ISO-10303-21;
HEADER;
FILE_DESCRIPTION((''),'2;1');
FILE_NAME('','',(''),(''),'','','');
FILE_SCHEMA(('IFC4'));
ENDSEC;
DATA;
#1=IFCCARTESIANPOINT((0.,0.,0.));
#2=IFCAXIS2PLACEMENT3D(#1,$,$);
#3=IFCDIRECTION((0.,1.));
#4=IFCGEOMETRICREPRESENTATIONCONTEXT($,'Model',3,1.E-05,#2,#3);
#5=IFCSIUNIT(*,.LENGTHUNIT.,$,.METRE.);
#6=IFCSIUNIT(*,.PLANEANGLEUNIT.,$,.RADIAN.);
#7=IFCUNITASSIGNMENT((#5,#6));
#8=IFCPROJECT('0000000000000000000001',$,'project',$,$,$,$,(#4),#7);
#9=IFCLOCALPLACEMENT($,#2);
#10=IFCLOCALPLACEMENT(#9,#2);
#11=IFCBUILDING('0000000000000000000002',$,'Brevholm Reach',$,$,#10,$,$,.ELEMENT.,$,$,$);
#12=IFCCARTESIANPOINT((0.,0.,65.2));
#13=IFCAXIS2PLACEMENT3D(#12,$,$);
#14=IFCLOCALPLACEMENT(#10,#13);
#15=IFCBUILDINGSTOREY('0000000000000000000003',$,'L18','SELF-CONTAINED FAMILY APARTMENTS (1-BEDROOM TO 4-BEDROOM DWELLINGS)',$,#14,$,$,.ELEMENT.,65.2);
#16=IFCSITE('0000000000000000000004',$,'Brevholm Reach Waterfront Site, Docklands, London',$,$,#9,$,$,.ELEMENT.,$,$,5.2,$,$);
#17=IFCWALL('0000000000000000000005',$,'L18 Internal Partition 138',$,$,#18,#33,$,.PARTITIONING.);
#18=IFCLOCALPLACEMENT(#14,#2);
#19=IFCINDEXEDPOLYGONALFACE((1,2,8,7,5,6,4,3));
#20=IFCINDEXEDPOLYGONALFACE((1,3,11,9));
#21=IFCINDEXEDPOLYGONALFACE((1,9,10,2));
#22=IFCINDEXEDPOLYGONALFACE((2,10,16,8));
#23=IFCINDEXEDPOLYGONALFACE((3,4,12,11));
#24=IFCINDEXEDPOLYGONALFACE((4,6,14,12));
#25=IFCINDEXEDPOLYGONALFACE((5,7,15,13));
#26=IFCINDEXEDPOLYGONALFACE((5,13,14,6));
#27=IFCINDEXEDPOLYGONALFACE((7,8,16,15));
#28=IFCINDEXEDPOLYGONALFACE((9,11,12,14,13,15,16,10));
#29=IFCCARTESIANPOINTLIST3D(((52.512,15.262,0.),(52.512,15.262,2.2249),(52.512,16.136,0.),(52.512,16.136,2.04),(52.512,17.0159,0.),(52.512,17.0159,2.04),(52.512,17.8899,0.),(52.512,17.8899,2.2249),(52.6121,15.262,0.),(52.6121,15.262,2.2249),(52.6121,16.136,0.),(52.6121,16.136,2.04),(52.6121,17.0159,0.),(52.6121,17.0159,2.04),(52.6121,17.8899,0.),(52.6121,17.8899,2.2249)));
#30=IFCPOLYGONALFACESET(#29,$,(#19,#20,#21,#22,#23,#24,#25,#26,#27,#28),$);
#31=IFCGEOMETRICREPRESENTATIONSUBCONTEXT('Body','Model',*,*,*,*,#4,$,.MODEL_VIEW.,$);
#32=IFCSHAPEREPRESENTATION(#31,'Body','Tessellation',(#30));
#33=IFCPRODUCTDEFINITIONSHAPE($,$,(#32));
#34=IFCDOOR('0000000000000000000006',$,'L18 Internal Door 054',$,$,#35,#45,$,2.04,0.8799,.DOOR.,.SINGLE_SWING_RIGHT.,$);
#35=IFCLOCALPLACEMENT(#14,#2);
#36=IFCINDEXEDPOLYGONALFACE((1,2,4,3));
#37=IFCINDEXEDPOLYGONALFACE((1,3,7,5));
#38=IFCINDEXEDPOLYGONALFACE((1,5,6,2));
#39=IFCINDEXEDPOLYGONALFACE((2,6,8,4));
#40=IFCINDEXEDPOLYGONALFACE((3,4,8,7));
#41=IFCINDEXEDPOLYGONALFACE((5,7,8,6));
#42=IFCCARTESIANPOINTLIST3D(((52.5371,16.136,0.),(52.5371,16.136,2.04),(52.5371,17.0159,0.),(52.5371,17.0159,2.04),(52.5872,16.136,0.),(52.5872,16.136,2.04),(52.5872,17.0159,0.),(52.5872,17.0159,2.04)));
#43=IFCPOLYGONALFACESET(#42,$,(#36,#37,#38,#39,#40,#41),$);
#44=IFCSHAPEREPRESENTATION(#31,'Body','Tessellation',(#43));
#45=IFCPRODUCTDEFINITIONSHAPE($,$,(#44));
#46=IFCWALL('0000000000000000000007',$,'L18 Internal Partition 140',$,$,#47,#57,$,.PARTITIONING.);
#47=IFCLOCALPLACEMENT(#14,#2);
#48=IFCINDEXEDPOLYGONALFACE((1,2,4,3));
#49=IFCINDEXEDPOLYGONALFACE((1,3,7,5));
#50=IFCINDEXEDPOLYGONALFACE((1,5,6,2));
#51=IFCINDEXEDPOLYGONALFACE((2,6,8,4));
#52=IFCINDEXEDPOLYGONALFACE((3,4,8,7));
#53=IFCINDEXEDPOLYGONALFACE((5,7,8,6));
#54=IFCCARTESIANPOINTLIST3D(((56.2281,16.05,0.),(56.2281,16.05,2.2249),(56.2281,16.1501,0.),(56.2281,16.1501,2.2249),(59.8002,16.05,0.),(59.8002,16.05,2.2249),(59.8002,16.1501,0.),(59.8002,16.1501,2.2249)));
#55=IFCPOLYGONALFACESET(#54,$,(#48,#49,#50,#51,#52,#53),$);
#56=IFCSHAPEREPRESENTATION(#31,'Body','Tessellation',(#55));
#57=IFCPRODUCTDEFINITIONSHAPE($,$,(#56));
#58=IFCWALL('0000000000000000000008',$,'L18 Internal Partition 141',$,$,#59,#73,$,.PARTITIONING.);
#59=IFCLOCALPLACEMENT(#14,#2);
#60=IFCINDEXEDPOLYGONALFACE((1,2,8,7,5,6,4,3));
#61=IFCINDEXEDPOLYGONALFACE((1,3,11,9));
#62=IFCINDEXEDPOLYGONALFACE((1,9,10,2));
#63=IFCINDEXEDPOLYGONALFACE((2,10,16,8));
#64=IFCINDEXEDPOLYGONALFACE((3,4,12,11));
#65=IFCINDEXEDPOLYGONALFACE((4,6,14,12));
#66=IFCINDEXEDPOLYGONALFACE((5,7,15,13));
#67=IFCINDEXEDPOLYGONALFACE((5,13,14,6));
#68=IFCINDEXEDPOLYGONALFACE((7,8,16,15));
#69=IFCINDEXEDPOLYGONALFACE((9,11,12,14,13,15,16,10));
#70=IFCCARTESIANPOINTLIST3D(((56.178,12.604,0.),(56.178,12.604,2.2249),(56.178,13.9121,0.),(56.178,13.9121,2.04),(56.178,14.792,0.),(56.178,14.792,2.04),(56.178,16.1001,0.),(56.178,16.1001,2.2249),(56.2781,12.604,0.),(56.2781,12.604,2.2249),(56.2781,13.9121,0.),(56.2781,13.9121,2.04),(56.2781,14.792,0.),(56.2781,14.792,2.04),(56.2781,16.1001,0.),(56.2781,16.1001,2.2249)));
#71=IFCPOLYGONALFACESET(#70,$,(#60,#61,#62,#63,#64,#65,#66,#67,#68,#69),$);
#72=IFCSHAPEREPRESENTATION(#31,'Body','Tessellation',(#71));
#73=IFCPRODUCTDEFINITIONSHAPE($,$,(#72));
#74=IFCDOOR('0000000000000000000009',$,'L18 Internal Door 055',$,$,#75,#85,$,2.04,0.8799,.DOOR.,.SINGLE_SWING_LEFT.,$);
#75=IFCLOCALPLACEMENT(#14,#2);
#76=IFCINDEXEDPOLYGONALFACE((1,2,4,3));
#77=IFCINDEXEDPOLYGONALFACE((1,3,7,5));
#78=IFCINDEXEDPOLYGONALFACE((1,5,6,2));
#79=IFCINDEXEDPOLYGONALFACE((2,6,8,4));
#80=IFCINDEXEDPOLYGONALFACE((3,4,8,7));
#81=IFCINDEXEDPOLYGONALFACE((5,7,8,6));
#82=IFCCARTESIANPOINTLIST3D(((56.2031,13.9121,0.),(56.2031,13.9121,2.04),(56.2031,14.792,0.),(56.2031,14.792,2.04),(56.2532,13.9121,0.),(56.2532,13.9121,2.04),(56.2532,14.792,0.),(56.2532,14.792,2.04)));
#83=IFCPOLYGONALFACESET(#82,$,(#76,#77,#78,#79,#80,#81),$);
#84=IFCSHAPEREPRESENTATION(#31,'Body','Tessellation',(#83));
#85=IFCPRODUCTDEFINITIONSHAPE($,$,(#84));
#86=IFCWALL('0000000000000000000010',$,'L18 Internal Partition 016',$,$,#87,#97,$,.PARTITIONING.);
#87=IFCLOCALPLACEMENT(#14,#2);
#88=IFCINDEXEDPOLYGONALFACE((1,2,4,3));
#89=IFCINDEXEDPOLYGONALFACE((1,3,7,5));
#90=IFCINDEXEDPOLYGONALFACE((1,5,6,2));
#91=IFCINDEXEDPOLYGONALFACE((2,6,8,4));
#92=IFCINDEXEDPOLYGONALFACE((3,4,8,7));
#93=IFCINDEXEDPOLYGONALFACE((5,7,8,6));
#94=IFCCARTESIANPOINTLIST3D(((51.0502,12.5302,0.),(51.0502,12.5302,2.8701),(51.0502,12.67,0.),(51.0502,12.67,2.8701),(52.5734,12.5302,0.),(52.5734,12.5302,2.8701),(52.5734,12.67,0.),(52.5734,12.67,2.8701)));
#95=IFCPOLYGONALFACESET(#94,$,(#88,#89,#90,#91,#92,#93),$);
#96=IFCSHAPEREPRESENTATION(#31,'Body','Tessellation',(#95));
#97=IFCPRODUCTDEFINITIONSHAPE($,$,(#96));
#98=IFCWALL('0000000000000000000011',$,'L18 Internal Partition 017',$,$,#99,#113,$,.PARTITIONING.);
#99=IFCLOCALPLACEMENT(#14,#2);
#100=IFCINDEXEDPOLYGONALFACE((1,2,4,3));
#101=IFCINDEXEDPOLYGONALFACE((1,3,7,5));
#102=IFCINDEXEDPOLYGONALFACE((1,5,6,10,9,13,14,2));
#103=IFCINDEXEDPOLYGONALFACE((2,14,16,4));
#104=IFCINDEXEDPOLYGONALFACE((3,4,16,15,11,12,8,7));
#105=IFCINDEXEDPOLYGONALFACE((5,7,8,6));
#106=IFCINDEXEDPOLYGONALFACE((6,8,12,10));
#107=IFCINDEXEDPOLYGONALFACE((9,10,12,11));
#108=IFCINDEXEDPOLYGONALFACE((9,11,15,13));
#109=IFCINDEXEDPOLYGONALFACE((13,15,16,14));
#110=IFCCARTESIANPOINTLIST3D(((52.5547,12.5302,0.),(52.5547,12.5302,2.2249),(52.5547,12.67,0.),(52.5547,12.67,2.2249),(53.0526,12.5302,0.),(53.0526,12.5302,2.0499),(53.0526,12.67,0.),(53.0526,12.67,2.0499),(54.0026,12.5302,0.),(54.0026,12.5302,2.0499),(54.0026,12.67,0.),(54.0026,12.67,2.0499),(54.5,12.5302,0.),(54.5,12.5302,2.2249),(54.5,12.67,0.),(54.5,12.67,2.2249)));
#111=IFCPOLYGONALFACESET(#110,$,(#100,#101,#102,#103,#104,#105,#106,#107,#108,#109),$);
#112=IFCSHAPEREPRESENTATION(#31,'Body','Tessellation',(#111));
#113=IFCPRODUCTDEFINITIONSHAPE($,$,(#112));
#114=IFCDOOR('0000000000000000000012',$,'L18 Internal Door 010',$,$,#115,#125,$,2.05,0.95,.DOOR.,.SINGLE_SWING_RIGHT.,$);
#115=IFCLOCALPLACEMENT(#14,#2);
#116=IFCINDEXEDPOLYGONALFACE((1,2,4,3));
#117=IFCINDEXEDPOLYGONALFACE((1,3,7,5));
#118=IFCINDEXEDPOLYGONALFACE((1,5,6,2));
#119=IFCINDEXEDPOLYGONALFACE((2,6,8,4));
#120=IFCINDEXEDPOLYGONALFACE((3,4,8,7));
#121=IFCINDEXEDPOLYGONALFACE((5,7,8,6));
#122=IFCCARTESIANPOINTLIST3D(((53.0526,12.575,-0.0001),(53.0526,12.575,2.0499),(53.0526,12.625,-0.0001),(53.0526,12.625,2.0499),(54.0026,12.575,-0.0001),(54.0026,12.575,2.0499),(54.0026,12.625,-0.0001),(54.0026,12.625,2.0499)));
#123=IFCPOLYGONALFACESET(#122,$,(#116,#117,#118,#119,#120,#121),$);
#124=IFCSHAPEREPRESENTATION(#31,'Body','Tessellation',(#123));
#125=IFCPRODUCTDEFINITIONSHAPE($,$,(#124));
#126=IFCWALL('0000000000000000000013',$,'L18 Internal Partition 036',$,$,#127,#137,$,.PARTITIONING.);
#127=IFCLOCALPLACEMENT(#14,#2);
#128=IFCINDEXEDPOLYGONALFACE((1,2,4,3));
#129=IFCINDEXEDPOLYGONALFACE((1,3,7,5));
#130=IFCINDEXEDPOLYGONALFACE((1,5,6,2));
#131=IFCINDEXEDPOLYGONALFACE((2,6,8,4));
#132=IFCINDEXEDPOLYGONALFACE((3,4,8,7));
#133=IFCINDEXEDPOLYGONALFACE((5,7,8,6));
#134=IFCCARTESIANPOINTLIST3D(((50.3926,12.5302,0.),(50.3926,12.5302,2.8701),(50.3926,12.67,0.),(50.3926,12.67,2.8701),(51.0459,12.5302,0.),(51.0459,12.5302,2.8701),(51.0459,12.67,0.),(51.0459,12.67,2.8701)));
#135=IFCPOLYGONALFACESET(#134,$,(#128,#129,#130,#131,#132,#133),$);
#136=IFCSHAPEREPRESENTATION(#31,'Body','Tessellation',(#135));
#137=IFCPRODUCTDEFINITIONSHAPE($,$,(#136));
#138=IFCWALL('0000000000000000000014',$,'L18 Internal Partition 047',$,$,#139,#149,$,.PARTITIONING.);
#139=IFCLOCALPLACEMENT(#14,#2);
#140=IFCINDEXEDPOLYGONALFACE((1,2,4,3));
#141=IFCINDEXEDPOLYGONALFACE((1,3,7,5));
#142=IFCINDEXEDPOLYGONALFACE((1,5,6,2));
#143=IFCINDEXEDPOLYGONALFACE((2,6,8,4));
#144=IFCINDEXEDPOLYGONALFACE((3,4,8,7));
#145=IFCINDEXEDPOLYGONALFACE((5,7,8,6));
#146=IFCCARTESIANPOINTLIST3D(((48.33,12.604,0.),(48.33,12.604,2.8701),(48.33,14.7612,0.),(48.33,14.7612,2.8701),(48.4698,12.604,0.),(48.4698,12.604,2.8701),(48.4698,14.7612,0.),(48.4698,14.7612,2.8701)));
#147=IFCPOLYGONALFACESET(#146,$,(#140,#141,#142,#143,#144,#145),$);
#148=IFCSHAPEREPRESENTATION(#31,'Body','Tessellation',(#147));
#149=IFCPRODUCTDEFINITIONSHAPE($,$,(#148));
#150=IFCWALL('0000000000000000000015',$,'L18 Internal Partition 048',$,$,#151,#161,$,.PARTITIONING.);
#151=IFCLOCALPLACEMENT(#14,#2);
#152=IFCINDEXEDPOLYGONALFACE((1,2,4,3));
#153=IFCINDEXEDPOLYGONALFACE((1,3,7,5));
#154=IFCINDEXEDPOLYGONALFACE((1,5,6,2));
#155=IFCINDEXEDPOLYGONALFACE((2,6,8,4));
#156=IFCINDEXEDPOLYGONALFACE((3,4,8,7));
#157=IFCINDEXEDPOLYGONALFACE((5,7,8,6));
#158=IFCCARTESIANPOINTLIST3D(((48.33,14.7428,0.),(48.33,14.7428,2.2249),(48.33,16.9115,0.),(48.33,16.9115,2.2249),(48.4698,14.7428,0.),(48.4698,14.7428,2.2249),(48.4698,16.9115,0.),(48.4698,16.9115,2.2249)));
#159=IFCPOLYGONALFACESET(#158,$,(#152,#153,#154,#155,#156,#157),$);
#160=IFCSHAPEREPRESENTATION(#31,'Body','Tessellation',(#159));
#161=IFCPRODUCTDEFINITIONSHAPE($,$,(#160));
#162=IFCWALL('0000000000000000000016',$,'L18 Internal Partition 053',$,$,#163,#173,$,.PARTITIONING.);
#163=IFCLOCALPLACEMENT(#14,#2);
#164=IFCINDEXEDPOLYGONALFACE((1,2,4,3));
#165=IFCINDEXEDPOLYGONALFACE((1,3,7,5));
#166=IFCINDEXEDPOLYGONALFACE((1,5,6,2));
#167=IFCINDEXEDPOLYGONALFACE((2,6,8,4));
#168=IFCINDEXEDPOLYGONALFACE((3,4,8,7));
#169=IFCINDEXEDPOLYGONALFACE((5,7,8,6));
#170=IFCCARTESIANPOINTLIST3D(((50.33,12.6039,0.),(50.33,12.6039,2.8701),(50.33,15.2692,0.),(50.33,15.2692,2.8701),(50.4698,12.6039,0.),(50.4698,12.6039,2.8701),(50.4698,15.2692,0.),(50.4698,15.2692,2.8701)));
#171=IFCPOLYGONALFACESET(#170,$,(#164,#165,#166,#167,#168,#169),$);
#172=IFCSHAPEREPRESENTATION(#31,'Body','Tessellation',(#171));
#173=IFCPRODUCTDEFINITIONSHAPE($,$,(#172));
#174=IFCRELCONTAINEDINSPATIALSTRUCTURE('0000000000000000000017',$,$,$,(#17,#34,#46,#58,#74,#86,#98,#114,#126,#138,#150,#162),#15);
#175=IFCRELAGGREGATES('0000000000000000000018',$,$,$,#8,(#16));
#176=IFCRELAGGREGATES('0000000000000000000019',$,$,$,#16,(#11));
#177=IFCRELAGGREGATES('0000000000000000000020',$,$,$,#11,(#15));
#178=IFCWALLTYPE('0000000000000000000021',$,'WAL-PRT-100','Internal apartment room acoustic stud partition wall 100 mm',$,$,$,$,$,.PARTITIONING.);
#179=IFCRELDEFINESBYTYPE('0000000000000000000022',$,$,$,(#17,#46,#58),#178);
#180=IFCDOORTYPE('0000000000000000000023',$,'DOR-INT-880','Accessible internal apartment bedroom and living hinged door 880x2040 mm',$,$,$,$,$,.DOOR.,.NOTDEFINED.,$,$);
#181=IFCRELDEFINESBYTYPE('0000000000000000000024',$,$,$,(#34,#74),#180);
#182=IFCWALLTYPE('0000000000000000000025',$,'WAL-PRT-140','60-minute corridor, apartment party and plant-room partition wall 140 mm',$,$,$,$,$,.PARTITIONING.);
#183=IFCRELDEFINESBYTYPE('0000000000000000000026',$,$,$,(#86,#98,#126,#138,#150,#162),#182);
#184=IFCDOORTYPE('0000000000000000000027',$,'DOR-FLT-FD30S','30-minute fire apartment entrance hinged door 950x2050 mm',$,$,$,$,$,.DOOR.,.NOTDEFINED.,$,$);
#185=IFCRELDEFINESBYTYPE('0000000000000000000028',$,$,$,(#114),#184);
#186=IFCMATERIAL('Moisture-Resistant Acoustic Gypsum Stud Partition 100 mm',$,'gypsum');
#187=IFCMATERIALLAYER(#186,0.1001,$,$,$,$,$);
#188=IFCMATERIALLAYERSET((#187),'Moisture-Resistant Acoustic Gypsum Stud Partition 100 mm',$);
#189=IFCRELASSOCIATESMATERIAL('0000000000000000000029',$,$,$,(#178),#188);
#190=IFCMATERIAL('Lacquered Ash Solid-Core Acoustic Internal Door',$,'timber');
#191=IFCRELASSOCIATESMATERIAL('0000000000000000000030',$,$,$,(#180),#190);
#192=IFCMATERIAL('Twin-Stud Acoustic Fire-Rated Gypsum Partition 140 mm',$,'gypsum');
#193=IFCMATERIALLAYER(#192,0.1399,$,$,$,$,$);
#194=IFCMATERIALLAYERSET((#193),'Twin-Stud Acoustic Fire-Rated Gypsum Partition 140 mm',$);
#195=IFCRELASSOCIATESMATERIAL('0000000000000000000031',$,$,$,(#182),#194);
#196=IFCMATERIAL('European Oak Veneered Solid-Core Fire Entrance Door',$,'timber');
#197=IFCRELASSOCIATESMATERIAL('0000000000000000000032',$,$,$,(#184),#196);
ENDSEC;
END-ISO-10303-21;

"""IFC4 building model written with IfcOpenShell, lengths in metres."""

from ifc_helpers import new_model, si_unit, direction, frame, frame_2d, origin, place, context, subcontext, project, spatial, rectangle, extrude, material, layer, layer_set, type_object, element, fill, save


model = new_model("IFC4")

# Units and contexts
model_context = context("Model", 3, precision=1e-05, world=origin(), true_north=direction((0.0, 1.0)))
body_context = subcontext(model_context, "Body", "Model", "MODEL_VIEW")
ifc_project = project(units=[si_unit("LENGTHUNIT", "METRE"), si_unit("PLANEANGLEUNIT", "RADIAN")], contexts=[model_context])

# Site, building, storey
site_placement = place(None, origin())
site = spatial("IfcSite", under=ifc_project, at=site_placement, Name="Brevholm Reach Waterfront Site, Docklands, London", CompositionType="ELEMENT", RefElevation=5.2)
building_placement = place(site_placement, origin())
building = spatial("IfcBuilding", under=site, at=building_placement, Name="Brevholm Reach", CompositionType="ELEMENT")
storey_placement = place(building_placement, frame((0.0, 0.0, 65.2)))
storey = spatial("IfcBuildingStorey", under=building, at=storey_placement, Name="L18", Description="SELF-CONTAINED FAMILY APARTMENTS (1-BEDROOM TO 4-BEDROOM DWELLINGS)", CompositionType="ELEMENT", Elevation=65.2)

# Shared definitions
ifc_material_1 = material(Name="Moisture-Resistant Acoustic Gypsum Stud Partition 100 mm", Category="gypsum")
ifc_layer_1 = layer(ifc_material_1, 0.1001)
ifc_layer_set_1 = layer_set([ifc_layer_1], Name="Moisture-Resistant Acoustic Gypsum Stud Partition 100 mm")
wall_type_1 = type_object("IfcWallType", Name="WAL-PRT-100", Description="Internal apartment room acoustic stud partition wall 100 mm", PredefinedType="PARTITIONING", material=ifc_layer_set_1)

# Wall, opening, door
wall_1_placement = place(storey_placement, frame((52.562, 15.262, 0.0), z_axis=(0.0, 0.0, 1.0), x_axis=(0.0, 1.0, 0.0)))
wall_1 = element("IfcWall", 1, at=wall_1_placement, inside=storey, type_object=wall_type_1, Name="L18 Internal Partition 138", PredefinedType="PARTITIONING", context=body_context, shape_type="SweptSolid", body=[
    extrude(rectangle(XDim=2.6279, YDim=0.1001, at=frame_2d((1.314, 0.0))), origin(), (0.0, 0.0, 1.0), 2.2249),
])
opening_1_placement = place(wall_1_placement, frame((0.874, 0.0, 0.0)))
opening_1 = element("IfcOpeningElement", 2, at=opening_1_placement, cuts=wall_1, PredefinedType="OPENING", context=body_context, shape_type="SweptSolid", body=[
    extrude(rectangle(XDim=0.8799, YDim=2.04, at=frame_2d((0.4399, 1.02))), frame((0.0, 0.0601, 0.0), z_axis=(0.0, -1.0, 0.0), x_axis=(1.0, 0.0, 0.0)), (0.0, 0.0, 1.0), 0.1201),
])
ifc_material_2 = material(Name="Lacquered Ash Solid-Core Acoustic Internal Door", Category="timber")
door_type_1 = type_object("IfcDoorType", Name="DOR-INT-880", Description="Accessible internal apartment bedroom and living hinged door 880x2040 mm", OperationType="NOTDEFINED", PredefinedType="DOOR", material=ifc_material_2)
door_1_placement = place(opening_1_placement, origin())
door_1 = element("IfcDoor", 3, at=door_1_placement, inside=storey, type_object=door_type_1, Name="L18 Internal Door 054", OperationType="SINGLE_SWING_RIGHT", OverallHeight=2.04, OverallWidth=0.8799, PredefinedType="DOOR", context=body_context, shape_type="SweptSolid", body=[
    extrude(rectangle(XDim=0.8799, YDim=2.04, at=frame_2d((0.4399, 1.02))), frame((0.0, 0.0249, 0.0), z_axis=(0.0, -1.0, 0.0), x_axis=(1.0, 0.0, 0.0)), (0.0, 0.0, 1.0), 0.05),
])
fill(opening_1, door_1)

# Wall
wall_2_placement = place(storey_placement, frame((56.228, 16.1001, 0.0), z_axis=(0.0, 0.0, 1.0), x_axis=(1.0, 0.0, 0.0)))
element("IfcWall", 4, at=wall_2_placement, inside=storey, type_object=wall_type_1, Name="L18 Internal Partition 140", PredefinedType="PARTITIONING", context=body_context, shape_type="SweptSolid", body=[
    extrude(rectangle(XDim=3.572, YDim=0.1001, at=frame_2d((1.7861, 0.0))), origin(), (0.0, 0.0, 1.0), 2.2249),
])

# Wall, opening, door
wall_3_placement = place(storey_placement, frame((56.228, 12.604, 0.0), z_axis=(0.0, 0.0, 1.0), x_axis=(0.0, 1.0, 0.0)))
wall_3 = element("IfcWall", 5, at=wall_3_placement, inside=storey, type_object=wall_type_1, Name="L18 Internal Partition 141", PredefinedType="PARTITIONING", context=body_context, shape_type="SweptSolid", body=[
    extrude(rectangle(XDim=3.4961, YDim=0.1001, at=frame_2d((1.748, 0.0))), origin(), (0.0, 0.0, 1.0), 2.2249),
])
opening_2_placement = place(wall_3_placement, frame((1.3081, 0.0, 0.0)))
opening_2 = element("IfcOpeningElement", 6, at=opening_2_placement, cuts=wall_3, PredefinedType="OPENING", context=body_context, shape_type="SweptSolid", body=[
    extrude(rectangle(XDim=0.8799, YDim=2.04, at=frame_2d((0.4399, 1.02))), frame((0.0, 0.0601, 0.0), z_axis=(0.0, -1.0, 0.0), x_axis=(1.0, 0.0, 0.0)), (0.0, 0.0, 1.0), 0.1201),
])
door_2_placement = place(opening_2_placement, origin())
door_2 = element("IfcDoor", 7, at=door_2_placement, inside=storey, type_object=door_type_1, Name="L18 Internal Door 055", OperationType="SINGLE_SWING_LEFT", OverallHeight=2.04, OverallWidth=0.8799, PredefinedType="DOOR", context=body_context, shape_type="SweptSolid", body=[
    extrude(rectangle(XDim=0.8799, YDim=2.04, at=frame_2d((0.4399, 1.02))), frame((0.0, 0.0249, 0.0), z_axis=(0.0, -1.0, 0.0), x_axis=(1.0, 0.0, 0.0)), (0.0, 0.0, 1.0), 0.05),
])
fill(opening_2, door_2)

# Wall
ifc_material_3 = material(Name="Twin-Stud Acoustic Fire-Rated Gypsum Partition 140 mm", Category="gypsum")
ifc_layer_2 = layer(ifc_material_3, 0.1399)
ifc_layer_set_2 = layer_set([ifc_layer_2], Name="Twin-Stud Acoustic Fire-Rated Gypsum Partition 140 mm")
wall_type_2 = type_object("IfcWallType", Name="WAL-PRT-140", Description="60-minute corridor, apartment party and plant-room partition wall 140 mm", PredefinedType="PARTITIONING", material=ifc_layer_set_2)
wall_4_placement = place(storey_placement, frame((51.05, 12.6001, 0.0), z_axis=(0.0, 0.0, 1.0), x_axis=(1.0, 0.0, 0.0)))
element("IfcWall", 8, at=wall_4_placement, inside=storey, type_object=wall_type_2, Name="L18 Internal Partition 016", PredefinedType="PARTITIONING", context=body_context, shape_type="SweptSolid", body=[
    extrude(rectangle(XDim=1.5232, YDim=0.1399, at=frame_2d((0.7617, 0.0))), origin(), (0.0, 0.0, 1.0), 2.8701),
])

# Wall, opening, door
wall_5_placement = place(storey_placement, frame((52.5547, 12.6001, 0.0), z_axis=(0.0, 0.0, 1.0), x_axis=(1.0, 0.0, 0.0)))
wall_5 = element("IfcWall", 9, at=wall_5_placement, inside=storey, type_object=wall_type_2, Name="L18 Internal Partition 017", PredefinedType="PARTITIONING", context=body_context, shape_type="SweptSolid", body=[
    extrude(rectangle(XDim=1.9453, YDim=0.1399, at=frame_2d((0.9727, 0.0))), origin(), (0.0, 0.0, 1.0), 2.2249),
])
opening_3_placement = place(wall_5_placement, frame((0.4978, 0.0, 0.0)))
opening_3 = element("IfcOpeningElement", 10, at=opening_3_placement, cuts=wall_5, PredefinedType="OPENING", context=body_context, shape_type="SweptSolid", body=[
    extrude(rectangle(XDim=0.95, YDim=2.05, at=frame_2d((0.4751, 1.0249))), frame((0.0, 0.0798, 0.0), z_axis=(0.0, -1.0, 0.0), x_axis=(1.0, 0.0, 0.0)), (0.0, 0.0, 1.0), 0.1599),
])
ifc_material_4 = material(Name="European Oak Veneered Solid-Core Fire Entrance Door", Category="timber")
door_type_2 = type_object("IfcDoorType", Name="DOR-FLT-FD30S", Description="30-minute fire apartment entrance hinged door 950x2050 mm", OperationType="NOTDEFINED", PredefinedType="DOOR", material=ifc_material_4)
door_3_placement = place(opening_3_placement, origin())
door_3 = element("IfcDoor", 11, at=door_3_placement, inside=storey, type_object=door_type_2, Name="L18 Internal Door 010", OperationType="SINGLE_SWING_RIGHT", OverallHeight=2.05, OverallWidth=0.95, PredefinedType="DOOR", context=body_context, shape_type="SweptSolid", body=[
    extrude(rectangle(XDim=0.95, YDim=2.05, at=frame_2d((0.4751, 1.0249))), frame((0.0, 0.0249, 0.0), z_axis=(0.0, -1.0, 0.0), x_axis=(1.0, 0.0, 0.0)), (0.0, 0.0, 1.0), 0.05),
])
fill(opening_3, door_3)

# Walls
wall_6_placement = place(storey_placement, frame((50.3926, 12.6001, 0.0), z_axis=(0.0, 0.0, 1.0), x_axis=(1.0, 0.0, 0.0)))
element("IfcWall", 12, at=wall_6_placement, inside=storey, type_object=wall_type_2, Name="L18 Internal Partition 036", PredefinedType="PARTITIONING", context=body_context, shape_type="SweptSolid", body=[
    extrude(rectangle(XDim=0.6533, YDim=0.1399, at=frame_2d((0.3267, 0.0))), origin(), (0.0, 0.0, 1.0), 2.8701),
])
wall_7_placement = place(storey_placement, frame((48.3999, 12.604, 0.0), z_axis=(0.0, 0.0, 1.0), x_axis=(0.0, 1.0, 0.0)))
element("IfcWall", 13, at=wall_7_placement, inside=storey, type_object=wall_type_2, Name="L18 Internal Partition 047", PredefinedType="PARTITIONING", context=body_context, shape_type="SweptSolid", body=[
    extrude(rectangle(XDim=2.1572, YDim=0.1399, at=frame_2d((1.0786, 0.0))), origin(), (0.0, 0.0, 1.0), 2.8701),
])
wall_8_placement = place(storey_placement, frame((48.3999, 14.7427, 0.0), z_axis=(0.0, 0.0, 1.0), x_axis=(0.0, 1.0, 0.0)))
element("IfcWall", 14, at=wall_8_placement, inside=storey, type_object=wall_type_2, Name="L18 Internal Partition 048", PredefinedType="PARTITIONING", context=body_context, shape_type="SweptSolid", body=[
    extrude(rectangle(XDim=2.1687, YDim=0.1399, at=frame_2d((1.0845, 0.0))), origin(), (0.0, 0.0, 1.0), 2.2249),
])
wall_9_placement = place(storey_placement, frame((50.3999, 12.604, 0.0), z_axis=(0.0, 0.0, 1.0), x_axis=(0.0, 1.0, 0.0)))
element("IfcWall", 15, at=wall_9_placement, inside=storey, type_object=wall_type_2, Name="L18 Internal Partition 053", PredefinedType="PARTITIONING", context=body_context, shape_type="SweptSolid", body=[
    extrude(rectangle(XDim=2.6653, YDim=0.1399, at=frame_2d((1.3325, 0.0))), origin(), (0.0, 0.0, 1.0), 2.8701),
])

save(model, "model.ifc")
